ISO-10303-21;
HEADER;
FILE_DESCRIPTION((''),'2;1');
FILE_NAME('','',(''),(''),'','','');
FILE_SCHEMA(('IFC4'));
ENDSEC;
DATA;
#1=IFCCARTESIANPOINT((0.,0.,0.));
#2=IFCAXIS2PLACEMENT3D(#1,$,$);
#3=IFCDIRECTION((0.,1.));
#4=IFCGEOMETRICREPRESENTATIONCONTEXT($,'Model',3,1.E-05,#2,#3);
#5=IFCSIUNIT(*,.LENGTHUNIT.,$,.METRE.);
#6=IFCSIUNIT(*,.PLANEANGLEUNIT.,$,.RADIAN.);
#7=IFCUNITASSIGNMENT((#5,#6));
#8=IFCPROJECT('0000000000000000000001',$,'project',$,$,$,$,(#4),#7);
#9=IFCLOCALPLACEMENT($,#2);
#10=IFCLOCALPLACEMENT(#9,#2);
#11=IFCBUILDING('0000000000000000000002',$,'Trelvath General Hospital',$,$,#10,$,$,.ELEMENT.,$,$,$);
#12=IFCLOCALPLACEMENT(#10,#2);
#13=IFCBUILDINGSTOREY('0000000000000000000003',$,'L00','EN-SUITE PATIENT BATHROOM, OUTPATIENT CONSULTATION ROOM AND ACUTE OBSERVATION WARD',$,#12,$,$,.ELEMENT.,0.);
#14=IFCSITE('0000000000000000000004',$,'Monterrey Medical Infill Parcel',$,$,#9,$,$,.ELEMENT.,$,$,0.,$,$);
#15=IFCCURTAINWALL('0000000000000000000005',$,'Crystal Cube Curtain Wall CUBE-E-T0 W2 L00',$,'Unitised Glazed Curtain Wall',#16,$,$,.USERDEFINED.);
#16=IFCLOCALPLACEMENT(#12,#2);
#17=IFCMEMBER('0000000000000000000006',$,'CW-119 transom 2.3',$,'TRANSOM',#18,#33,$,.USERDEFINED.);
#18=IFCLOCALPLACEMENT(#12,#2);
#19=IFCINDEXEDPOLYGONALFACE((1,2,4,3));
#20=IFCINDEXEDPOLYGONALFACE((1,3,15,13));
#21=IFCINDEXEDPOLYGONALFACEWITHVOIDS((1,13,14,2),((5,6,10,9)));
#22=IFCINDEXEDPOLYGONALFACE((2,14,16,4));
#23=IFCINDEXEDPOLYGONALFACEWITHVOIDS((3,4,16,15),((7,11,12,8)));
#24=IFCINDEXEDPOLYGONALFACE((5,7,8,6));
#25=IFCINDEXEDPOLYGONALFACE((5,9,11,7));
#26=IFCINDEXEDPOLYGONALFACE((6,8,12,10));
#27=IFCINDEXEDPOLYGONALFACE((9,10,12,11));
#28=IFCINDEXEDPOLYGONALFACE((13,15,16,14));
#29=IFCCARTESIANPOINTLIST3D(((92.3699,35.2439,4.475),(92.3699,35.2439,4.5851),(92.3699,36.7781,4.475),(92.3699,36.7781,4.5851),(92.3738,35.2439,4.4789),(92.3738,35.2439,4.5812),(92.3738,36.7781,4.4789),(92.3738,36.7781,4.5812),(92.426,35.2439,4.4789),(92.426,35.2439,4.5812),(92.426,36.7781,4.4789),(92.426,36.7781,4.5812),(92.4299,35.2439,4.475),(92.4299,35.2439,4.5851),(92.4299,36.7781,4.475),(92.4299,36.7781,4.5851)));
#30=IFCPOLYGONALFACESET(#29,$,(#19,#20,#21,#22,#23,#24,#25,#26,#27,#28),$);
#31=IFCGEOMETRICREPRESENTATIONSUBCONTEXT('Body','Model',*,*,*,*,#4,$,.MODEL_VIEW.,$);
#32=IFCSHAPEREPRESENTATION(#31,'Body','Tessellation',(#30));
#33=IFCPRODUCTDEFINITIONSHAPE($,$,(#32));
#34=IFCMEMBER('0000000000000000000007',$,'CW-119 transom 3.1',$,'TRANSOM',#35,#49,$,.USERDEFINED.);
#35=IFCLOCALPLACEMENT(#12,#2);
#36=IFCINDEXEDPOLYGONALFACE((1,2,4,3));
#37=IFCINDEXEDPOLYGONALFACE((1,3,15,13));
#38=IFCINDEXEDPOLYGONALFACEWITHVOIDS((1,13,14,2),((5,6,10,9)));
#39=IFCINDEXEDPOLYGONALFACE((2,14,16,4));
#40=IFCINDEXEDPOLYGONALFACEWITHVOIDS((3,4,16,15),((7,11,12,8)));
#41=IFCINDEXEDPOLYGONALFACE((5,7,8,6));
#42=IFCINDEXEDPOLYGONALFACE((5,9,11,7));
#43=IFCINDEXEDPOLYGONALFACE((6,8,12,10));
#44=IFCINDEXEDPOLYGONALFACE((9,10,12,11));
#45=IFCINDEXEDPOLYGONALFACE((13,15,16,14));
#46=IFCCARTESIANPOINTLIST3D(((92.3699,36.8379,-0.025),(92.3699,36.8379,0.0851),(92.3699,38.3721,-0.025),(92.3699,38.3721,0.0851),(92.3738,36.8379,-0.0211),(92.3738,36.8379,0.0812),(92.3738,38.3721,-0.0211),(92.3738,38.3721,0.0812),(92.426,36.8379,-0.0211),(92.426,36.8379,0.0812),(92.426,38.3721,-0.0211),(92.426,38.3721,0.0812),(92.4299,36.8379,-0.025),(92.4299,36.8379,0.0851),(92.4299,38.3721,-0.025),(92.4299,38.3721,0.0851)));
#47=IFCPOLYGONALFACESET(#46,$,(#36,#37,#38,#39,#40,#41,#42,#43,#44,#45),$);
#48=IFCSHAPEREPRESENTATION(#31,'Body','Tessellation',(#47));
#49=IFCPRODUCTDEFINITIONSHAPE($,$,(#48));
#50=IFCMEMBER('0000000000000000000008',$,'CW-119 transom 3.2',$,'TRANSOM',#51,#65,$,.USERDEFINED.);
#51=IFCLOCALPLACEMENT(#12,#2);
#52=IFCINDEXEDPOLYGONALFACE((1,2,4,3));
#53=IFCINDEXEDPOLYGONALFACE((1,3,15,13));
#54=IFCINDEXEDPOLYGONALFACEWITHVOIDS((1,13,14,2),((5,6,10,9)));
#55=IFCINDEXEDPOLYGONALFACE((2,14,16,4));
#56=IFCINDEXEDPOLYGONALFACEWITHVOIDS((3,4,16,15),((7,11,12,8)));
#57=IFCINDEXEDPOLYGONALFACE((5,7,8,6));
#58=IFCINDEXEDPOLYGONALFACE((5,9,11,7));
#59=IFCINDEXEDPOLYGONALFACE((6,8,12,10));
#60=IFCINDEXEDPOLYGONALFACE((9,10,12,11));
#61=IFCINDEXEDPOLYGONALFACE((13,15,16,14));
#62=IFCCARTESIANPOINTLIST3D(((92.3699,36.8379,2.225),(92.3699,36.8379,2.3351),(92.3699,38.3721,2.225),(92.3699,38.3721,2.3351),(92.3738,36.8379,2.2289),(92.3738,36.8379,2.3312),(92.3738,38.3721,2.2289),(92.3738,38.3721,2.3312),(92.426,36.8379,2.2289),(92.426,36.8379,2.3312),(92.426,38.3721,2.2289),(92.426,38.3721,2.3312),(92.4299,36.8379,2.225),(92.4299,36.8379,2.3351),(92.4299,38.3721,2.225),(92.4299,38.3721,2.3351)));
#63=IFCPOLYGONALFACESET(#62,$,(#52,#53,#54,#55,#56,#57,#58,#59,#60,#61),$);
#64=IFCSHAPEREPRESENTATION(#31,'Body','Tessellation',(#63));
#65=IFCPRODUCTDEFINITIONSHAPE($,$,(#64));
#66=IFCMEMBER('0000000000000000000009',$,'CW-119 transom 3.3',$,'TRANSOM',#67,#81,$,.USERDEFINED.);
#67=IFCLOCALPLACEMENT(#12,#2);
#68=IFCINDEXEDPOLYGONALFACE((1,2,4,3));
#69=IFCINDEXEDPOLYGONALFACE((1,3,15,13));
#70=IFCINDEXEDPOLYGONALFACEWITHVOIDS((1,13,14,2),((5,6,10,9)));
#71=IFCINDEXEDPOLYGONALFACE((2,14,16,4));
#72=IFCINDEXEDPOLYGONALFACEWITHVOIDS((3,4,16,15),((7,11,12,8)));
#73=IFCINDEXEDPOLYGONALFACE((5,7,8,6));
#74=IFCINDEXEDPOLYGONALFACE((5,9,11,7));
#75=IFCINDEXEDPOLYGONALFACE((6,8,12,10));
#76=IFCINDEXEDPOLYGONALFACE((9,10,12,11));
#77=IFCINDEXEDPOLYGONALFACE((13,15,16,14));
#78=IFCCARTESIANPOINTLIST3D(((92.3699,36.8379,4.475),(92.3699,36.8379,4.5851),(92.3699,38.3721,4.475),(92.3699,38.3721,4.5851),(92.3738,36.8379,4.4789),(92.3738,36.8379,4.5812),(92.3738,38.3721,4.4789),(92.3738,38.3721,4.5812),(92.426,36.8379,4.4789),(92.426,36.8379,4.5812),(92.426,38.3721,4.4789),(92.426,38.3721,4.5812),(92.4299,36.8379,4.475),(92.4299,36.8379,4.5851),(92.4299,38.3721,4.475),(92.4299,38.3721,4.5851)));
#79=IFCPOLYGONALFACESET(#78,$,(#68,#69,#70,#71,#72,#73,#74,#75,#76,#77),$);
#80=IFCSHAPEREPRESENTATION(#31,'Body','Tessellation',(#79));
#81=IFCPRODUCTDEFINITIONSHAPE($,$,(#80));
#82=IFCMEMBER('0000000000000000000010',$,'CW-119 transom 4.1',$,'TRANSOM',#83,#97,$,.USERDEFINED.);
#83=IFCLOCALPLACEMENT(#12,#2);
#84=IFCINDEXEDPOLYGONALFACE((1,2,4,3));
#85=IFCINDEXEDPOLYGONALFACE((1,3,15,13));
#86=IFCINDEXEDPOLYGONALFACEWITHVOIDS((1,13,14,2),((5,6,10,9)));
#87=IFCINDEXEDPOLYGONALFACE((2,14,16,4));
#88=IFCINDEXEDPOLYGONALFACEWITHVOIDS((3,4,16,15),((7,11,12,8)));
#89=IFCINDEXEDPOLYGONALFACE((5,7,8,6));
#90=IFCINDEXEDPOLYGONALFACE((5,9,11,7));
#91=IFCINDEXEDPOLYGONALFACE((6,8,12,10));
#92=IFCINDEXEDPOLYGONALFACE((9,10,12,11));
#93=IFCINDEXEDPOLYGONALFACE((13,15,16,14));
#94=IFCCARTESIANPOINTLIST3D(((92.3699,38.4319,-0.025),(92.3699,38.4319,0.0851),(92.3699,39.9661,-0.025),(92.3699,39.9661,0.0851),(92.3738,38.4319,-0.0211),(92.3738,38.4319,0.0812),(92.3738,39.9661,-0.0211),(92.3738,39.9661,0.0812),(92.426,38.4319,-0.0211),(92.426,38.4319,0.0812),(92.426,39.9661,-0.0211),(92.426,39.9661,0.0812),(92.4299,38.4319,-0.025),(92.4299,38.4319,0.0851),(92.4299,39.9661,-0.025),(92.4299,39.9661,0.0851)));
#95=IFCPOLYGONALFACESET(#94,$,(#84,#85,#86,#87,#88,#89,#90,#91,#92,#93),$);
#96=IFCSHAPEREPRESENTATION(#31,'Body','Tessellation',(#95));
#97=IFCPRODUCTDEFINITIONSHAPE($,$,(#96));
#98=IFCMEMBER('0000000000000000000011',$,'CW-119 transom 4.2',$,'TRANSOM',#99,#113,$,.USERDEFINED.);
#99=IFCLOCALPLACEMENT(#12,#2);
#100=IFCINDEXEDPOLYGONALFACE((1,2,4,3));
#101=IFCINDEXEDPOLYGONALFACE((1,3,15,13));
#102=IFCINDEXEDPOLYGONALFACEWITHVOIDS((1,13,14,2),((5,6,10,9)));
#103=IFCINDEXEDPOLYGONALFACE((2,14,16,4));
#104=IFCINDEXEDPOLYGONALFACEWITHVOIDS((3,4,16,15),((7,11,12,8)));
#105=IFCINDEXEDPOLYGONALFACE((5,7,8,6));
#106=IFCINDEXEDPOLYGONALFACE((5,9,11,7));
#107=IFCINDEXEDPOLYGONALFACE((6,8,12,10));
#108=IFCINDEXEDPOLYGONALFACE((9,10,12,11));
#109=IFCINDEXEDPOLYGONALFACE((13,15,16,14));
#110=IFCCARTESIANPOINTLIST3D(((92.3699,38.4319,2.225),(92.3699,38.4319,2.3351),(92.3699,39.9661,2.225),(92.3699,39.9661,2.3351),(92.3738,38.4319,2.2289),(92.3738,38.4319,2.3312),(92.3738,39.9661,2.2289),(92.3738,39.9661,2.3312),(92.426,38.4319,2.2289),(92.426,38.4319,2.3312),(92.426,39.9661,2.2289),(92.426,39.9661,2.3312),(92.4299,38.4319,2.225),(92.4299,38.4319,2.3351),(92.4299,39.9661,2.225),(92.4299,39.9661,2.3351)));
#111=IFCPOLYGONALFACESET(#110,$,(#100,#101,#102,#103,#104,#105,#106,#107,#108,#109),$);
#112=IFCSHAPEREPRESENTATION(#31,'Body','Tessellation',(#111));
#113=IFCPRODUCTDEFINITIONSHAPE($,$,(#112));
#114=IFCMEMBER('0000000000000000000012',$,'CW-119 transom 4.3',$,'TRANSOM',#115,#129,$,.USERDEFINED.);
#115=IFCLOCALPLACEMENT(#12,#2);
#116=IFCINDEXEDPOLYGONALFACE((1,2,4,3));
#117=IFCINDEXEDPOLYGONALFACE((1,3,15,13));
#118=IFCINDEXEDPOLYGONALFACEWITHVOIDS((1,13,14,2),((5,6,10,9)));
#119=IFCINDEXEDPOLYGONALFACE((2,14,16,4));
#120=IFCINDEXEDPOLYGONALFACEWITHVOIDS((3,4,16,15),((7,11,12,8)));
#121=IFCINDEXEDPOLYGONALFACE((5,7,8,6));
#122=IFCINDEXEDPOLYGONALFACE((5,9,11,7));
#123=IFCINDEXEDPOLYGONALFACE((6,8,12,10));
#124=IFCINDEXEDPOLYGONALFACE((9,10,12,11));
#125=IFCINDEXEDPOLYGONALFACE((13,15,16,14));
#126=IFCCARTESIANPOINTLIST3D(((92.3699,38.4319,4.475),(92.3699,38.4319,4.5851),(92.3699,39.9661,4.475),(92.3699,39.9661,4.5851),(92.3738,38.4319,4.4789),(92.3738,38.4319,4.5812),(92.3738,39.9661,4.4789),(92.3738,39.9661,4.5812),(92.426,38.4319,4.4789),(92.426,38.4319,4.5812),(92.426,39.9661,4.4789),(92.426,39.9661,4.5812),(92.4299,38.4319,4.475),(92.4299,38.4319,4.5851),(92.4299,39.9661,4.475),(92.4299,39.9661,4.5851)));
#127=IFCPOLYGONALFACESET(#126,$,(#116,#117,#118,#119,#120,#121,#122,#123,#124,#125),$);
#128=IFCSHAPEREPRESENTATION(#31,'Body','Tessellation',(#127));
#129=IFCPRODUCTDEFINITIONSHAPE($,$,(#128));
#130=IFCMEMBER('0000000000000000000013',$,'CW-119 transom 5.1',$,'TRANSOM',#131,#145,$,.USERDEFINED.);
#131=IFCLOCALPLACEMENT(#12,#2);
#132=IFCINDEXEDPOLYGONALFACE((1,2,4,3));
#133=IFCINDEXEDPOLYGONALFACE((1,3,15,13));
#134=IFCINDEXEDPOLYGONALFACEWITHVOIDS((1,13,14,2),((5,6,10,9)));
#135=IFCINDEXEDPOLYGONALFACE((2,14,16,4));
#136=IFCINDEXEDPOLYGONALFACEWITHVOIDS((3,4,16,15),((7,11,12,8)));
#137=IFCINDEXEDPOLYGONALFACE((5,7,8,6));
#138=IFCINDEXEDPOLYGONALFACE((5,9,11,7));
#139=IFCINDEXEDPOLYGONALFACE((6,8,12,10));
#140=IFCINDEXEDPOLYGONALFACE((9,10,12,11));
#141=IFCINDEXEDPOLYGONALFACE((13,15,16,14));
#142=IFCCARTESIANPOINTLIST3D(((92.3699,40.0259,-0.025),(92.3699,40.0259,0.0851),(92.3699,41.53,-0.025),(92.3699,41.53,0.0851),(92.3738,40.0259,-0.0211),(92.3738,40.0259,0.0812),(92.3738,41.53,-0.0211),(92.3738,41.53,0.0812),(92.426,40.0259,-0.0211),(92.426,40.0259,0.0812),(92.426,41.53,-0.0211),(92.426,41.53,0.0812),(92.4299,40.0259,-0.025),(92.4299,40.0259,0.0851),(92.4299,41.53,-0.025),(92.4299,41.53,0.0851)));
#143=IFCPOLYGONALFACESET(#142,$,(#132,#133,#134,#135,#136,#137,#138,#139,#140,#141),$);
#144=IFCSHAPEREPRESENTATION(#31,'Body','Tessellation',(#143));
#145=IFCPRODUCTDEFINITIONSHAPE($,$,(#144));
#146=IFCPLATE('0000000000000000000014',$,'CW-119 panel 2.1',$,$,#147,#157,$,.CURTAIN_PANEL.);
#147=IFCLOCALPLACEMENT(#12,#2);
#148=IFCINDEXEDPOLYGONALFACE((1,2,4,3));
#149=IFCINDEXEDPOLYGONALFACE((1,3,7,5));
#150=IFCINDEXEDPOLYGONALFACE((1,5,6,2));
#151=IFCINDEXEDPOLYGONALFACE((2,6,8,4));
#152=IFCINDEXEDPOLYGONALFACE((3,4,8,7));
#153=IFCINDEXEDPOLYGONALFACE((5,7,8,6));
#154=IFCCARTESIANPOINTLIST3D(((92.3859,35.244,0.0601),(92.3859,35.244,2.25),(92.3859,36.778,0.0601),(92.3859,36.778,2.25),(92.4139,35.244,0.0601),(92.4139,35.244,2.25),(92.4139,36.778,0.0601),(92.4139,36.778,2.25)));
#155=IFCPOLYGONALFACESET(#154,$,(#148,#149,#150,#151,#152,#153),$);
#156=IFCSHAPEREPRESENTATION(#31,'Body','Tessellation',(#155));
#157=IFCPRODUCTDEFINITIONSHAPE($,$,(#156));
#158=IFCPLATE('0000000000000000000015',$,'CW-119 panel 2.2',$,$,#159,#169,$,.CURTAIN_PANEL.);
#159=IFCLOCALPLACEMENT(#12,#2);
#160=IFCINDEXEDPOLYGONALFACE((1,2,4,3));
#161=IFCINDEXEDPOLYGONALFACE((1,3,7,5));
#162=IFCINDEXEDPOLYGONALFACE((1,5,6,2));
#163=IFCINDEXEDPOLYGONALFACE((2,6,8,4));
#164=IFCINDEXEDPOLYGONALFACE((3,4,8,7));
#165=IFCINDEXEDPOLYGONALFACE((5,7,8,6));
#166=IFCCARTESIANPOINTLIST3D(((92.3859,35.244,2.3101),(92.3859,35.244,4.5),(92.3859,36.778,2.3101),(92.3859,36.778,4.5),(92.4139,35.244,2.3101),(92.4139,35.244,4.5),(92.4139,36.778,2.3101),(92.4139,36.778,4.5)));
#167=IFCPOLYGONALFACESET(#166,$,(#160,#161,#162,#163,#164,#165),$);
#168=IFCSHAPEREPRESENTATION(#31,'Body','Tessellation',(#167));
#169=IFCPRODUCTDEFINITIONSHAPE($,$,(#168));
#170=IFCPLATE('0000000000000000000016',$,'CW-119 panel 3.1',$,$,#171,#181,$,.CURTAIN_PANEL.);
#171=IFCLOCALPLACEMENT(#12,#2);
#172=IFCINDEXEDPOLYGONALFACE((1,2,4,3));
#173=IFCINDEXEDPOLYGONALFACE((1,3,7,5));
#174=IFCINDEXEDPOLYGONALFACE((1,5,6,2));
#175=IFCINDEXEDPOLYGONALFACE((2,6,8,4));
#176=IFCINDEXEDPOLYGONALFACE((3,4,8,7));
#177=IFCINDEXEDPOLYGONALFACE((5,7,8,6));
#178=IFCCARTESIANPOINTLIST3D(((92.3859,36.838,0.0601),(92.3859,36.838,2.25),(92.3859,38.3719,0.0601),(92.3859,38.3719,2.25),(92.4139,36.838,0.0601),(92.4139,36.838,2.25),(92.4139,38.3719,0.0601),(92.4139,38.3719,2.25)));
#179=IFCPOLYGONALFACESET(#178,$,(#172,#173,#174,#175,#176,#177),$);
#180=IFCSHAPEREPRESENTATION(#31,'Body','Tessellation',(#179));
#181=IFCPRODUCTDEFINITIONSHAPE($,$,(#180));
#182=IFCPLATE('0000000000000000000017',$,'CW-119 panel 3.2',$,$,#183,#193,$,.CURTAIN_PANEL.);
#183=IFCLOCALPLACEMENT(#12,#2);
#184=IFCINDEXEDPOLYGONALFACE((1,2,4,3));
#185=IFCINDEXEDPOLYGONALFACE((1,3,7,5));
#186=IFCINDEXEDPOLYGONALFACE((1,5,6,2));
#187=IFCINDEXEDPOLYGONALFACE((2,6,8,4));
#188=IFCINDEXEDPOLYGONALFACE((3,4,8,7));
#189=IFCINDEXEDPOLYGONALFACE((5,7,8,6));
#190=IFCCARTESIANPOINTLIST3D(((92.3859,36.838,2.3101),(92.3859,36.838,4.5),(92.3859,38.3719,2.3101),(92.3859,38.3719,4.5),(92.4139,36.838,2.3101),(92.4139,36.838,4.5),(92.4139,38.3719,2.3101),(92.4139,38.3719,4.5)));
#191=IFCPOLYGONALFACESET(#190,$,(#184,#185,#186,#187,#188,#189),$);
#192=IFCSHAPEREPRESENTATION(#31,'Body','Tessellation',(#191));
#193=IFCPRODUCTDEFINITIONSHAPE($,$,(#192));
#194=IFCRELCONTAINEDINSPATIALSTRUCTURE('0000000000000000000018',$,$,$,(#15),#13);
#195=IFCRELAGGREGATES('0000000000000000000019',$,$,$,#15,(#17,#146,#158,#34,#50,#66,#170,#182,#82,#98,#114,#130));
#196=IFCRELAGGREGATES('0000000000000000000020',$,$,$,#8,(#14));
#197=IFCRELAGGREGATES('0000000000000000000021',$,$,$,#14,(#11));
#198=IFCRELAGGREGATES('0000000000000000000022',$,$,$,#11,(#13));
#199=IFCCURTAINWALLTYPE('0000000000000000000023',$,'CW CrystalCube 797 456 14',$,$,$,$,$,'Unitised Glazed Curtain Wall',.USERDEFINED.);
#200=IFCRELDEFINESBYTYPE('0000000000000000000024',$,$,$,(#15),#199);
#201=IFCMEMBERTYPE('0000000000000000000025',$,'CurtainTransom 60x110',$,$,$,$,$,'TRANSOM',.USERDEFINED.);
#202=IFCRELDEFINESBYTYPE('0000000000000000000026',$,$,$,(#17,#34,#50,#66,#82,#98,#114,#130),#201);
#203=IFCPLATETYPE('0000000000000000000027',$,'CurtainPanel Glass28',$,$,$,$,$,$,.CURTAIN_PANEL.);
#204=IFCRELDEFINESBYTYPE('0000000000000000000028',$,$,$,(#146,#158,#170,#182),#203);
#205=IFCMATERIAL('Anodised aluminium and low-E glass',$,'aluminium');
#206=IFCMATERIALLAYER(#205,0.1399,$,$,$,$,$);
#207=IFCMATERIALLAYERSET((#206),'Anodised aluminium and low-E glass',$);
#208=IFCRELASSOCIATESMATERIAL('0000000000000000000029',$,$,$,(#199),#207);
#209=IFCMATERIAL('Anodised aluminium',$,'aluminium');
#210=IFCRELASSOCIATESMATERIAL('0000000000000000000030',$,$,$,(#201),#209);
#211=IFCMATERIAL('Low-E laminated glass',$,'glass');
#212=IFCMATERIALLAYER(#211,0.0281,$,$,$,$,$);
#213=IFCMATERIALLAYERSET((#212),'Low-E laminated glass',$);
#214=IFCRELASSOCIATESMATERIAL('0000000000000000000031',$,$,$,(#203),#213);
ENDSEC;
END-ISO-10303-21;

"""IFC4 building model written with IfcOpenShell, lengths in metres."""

from ifc_helpers import new_model, si_unit, direction, frame, origin, origin_2d, place, context, subcontext, project, spatial, rectangle, hollow_rectangle, extrude, material, layer, layer_set, material_profile, profile_set, type_object, element, aggregate, save


model = new_model("IFC4")

# Units and contexts
model_context = context("Model", 3, precision=1e-05, world=origin(), true_north=direction((0.0, 1.0)))
body_context = subcontext(model_context, "Body", "Model", "MODEL_VIEW")
ifc_project = project(units=[si_unit("LENGTHUNIT", "METRE"), si_unit("PLANEANGLEUNIT", "RADIAN")], contexts=[model_context])

# Site, building, storey
site_placement = place(None, origin())
site = spatial("IfcSite", under=ifc_project, at=site_placement, Name="Monterrey Medical Infill Parcel", CompositionType="ELEMENT", RefElevation=0.0)
building_placement = place(site_placement, origin())
building = spatial("IfcBuilding", under=site, at=building_placement, Name="Trelvath General Hospital", CompositionType="ELEMENT")
storey_placement = place(building_placement, origin())
storey = spatial("IfcBuildingStorey", under=building, at=storey_placement, Name="L00", Description="EN-SUITE PATIENT BATHROOM, OUTPATIENT CONSULTATION ROOM AND ACUTE OBSERVATION WARD", CompositionType="ELEMENT", Elevation=0.0)

# Curtain wall, members, plates
ifc_material_1 = material(Name="Anodised aluminium and low-E glass", Category="aluminium")
ifc_layer_1 = layer(ifc_material_1, 0.1399)
ifc_layer_set_1 = layer_set([ifc_layer_1], Name="Anodised aluminium and low-E glass")
curtain_wall_type = type_object("IfcCurtainWallType", Name="CW CrystalCube 797 456 14", ElementType="Unitised Glazed Curtain Wall", PredefinedType="USERDEFINED", material=ifc_layer_set_1)
curtain_wall_placement = place(storey_placement, origin())
curtain_wall = element("IfcCurtainWall", 1, at=curtain_wall_placement, inside=storey, type_object=curtain_wall_type, Name="Crystal Cube Curtain Wall CUBE-E-T0 W2 L00", ObjectType="Unitised Glazed Curtain Wall", PredefinedType="USERDEFINED")
ifc_material_2 = material(Name="Anodised aluminium", Category="aluminium")
ifc_material_profile_1 = material_profile(ifc_material_2, hollow_rectangle(XDim=0.0601, YDim=0.1101, WallThickness=0.0039, at=origin_2d()), Name="RHS60x110x4")
ifc_profile_set_1 = profile_set([ifc_material_profile_1], Name="Anodised aluminium")
member_type_1 = type_object("IfcMemberType", Name="CurtainTransom 60x110", ElementType="TRANSOM", PredefinedType="USERDEFINED", material=ifc_profile_set_1)
member_1_placement = place(storey_placement, frame((92.3999, 35.2439, 4.53), z_axis=(0.0, 1.0, 0.0), x_axis=(-1.0, 0.0, 0.0)))
member_1 = element("IfcMember", 2, at=member_1_placement, type_object=member_type_1, Name="CW-119 transom 2.3", ObjectType="TRANSOM", PredefinedType="USERDEFINED", context=body_context, shape_type="SweptSolid", body=[
    extrude(hollow_rectangle(XDim=0.0601, YDim=0.1101, WallThickness=0.0039, at=origin_2d()), origin(), (0.0, 0.0, 1.0), 1.5342),
])
member_2_placement = place(storey_placement, frame((92.3999, 36.8379, 0.03), z_axis=(0.0, 1.0, 0.0), x_axis=(-1.0, 0.0, 0.0)))
member_2 = element("IfcMember", 3, at=member_2_placement, type_object=member_type_1, Name="CW-119 transom 3.1", ObjectType="TRANSOM", PredefinedType="USERDEFINED", context=body_context, shape_type="SweptSolid", body=[
    extrude(hollow_rectangle(XDim=0.0601, YDim=0.1101, WallThickness=0.0039, at=origin_2d()), origin(), (0.0, 0.0, 1.0), 1.5342),
])
member_3_placement = place(storey_placement, frame((92.3999, 36.8379, 2.28), z_axis=(0.0, 1.0, 0.0), x_axis=(-1.0, 0.0, 0.0)))
member_3 = element("IfcMember", 4, at=member_3_placement, type_object=member_type_1, Name="CW-119 transom 3.2", ObjectType="TRANSOM", PredefinedType="USERDEFINED", context=body_context, shape_type="SweptSolid", body=[
    extrude(hollow_rectangle(XDim=0.0601, YDim=0.1101, WallThickness=0.0039, at=origin_2d()), origin(), (0.0, 0.0, 1.0), 1.5342),
])
member_4_placement = place(storey_placement, frame((92.3999, 36.8379, 4.53), z_axis=(0.0, 1.0, 0.0), x_axis=(-1.0, 0.0, 0.0)))
member_4 = element("IfcMember", 5, at=member_4_placement, type_object=member_type_1, Name="CW-119 transom 3.3", ObjectType="TRANSOM", PredefinedType="USERDEFINED", context=body_context, shape_type="SweptSolid", body=[
    extrude(hollow_rectangle(XDim=0.0601, YDim=0.1101, WallThickness=0.0039, at=origin_2d()), origin(), (0.0, 0.0, 1.0), 1.5342),
])
member_5_placement = place(storey_placement, frame((92.3999, 38.4319, 0.03), z_axis=(0.0, 1.0, 0.0), x_axis=(-1.0, 0.0, 0.0)))
member_5 = element("IfcMember", 6, at=member_5_placement, type_object=member_type_1, Name="CW-119 transom 4.1", ObjectType="TRANSOM", PredefinedType="USERDEFINED", context=body_context, shape_type="SweptSolid", body=[
    extrude(hollow_rectangle(XDim=0.0601, YDim=0.1101, WallThickness=0.0039, at=origin_2d()), origin(), (0.0, 0.0, 1.0), 1.5342),
])
member_6_placement = place(storey_placement, frame((92.3999, 38.4319, 2.28), z_axis=(0.0, 1.0, 0.0), x_axis=(-1.0, 0.0, 0.0)))
member_6 = element("IfcMember", 7, at=member_6_placement, type_object=member_type_1, Name="CW-119 transom 4.2", ObjectType="TRANSOM", PredefinedType="USERDEFINED", context=body_context, shape_type="SweptSolid", body=[
    extrude(hollow_rectangle(XDim=0.0601, YDim=0.1101, WallThickness=0.0039, at=origin_2d()), origin(), (0.0, 0.0, 1.0), 1.5342),
])
member_7_placement = place(storey_placement, frame((92.3999, 38.4319, 4.53), z_axis=(0.0, 1.0, 0.0), x_axis=(-1.0, 0.0, 0.0)))
member_7 = element("IfcMember", 8, at=member_7_placement, type_object=member_type_1, Name="CW-119 transom 4.3", ObjectType="TRANSOM", PredefinedType="USERDEFINED", context=body_context, shape_type="SweptSolid", body=[
    extrude(hollow_rectangle(XDim=0.0601, YDim=0.1101, WallThickness=0.0039, at=origin_2d()), origin(), (0.0, 0.0, 1.0), 1.5342),
])
member_8_placement = place(storey_placement, frame((92.3999, 40.0259, 0.03), z_axis=(0.0, 1.0, 0.0), x_axis=(-1.0, 0.0, 0.0)))
member_8 = element("IfcMember", 9, at=member_8_placement, type_object=member_type_1, Name="CW-119 transom 5.1", ObjectType="TRANSOM", PredefinedType="USERDEFINED", context=body_context, shape_type="SweptSolid", body=[
    extrude(hollow_rectangle(XDim=0.0601, YDim=0.1101, WallThickness=0.0039, at=origin_2d()), origin(), (0.0, 0.0, 1.0), 1.5042),
])
ifc_material_3 = material(Name="Low-E laminated glass", Category="glass")
ifc_layer_2 = layer(ifc_material_3, 0.0281)
ifc_layer_set_2 = layer_set([ifc_layer_2], Name="Low-E laminated glass")
plate_type = type_object("IfcPlateType", Name="CurtainPanel Glass28", PredefinedType="CURTAIN_PANEL", material=ifc_layer_set_2)
plate_1_placement = place(storey_placement, frame((92.3999, 36.011, 0.0601), z_axis=(0.0, 0.0, 1.0), x_axis=(0.0, 1.0, 0.0)))
plate_1 = element("IfcPlate", 10, at=plate_1_placement, type_object=plate_type, Name="CW-119 panel 2.1", PredefinedType="CURTAIN_PANEL", context=body_context, shape_type="SweptSolid", body=[
    extrude(rectangle(XDim=1.5339, YDim=0.0281, at=origin_2d()), origin(), (0.0, 0.0, 1.0), 2.1899),
])
plate_2_placement = place(storey_placement, frame((92.3999, 36.011, 2.3101), z_axis=(0.0, 0.0, 1.0), x_axis=(0.0, 1.0, 0.0)))
plate_2 = element("IfcPlate", 11, at=plate_2_placement, type_object=plate_type, Name="CW-119 panel 2.2", PredefinedType="CURTAIN_PANEL", context=body_context, shape_type="SweptSolid", body=[
    extrude(rectangle(XDim=1.5339, YDim=0.0281, at=origin_2d()), origin(), (0.0, 0.0, 1.0), 2.1899),
])
plate_3_placement = place(storey_placement, frame((92.3999, 37.605, 0.0601), z_axis=(0.0, 0.0, 1.0), x_axis=(0.0, 1.0, 0.0)))
plate_3 = element("IfcPlate", 12, at=plate_3_placement, type_object=plate_type, Name="CW-119 panel 3.1", PredefinedType="CURTAIN_PANEL", context=body_context, shape_type="SweptSolid", body=[
    extrude(rectangle(XDim=1.5339, YDim=0.0281, at=origin_2d()), origin(), (0.0, 0.0, 1.0), 2.1899),
])
plate_4_placement = place(storey_placement, frame((92.3999, 37.605, 2.3101), z_axis=(0.0, 0.0, 1.0), x_axis=(0.0, 1.0, 0.0)))
plate_4 = element("IfcPlate", 13, at=plate_4_placement, type_object=plate_type, Name="CW-119 panel 3.2", PredefinedType="CURTAIN_PANEL", context=body_context, shape_type="SweptSolid", body=[
    extrude(rectangle(XDim=1.5339, YDim=0.0281, at=origin_2d()), origin(), (0.0, 0.0, 1.0), 2.1899),
])
aggregate(curtain_wall, [member_1, plate_1, plate_2, member_2, member_3, member_4, plate_3, plate_4, member_5, member_6, member_7, member_8])

save(model, "model.ifc")
